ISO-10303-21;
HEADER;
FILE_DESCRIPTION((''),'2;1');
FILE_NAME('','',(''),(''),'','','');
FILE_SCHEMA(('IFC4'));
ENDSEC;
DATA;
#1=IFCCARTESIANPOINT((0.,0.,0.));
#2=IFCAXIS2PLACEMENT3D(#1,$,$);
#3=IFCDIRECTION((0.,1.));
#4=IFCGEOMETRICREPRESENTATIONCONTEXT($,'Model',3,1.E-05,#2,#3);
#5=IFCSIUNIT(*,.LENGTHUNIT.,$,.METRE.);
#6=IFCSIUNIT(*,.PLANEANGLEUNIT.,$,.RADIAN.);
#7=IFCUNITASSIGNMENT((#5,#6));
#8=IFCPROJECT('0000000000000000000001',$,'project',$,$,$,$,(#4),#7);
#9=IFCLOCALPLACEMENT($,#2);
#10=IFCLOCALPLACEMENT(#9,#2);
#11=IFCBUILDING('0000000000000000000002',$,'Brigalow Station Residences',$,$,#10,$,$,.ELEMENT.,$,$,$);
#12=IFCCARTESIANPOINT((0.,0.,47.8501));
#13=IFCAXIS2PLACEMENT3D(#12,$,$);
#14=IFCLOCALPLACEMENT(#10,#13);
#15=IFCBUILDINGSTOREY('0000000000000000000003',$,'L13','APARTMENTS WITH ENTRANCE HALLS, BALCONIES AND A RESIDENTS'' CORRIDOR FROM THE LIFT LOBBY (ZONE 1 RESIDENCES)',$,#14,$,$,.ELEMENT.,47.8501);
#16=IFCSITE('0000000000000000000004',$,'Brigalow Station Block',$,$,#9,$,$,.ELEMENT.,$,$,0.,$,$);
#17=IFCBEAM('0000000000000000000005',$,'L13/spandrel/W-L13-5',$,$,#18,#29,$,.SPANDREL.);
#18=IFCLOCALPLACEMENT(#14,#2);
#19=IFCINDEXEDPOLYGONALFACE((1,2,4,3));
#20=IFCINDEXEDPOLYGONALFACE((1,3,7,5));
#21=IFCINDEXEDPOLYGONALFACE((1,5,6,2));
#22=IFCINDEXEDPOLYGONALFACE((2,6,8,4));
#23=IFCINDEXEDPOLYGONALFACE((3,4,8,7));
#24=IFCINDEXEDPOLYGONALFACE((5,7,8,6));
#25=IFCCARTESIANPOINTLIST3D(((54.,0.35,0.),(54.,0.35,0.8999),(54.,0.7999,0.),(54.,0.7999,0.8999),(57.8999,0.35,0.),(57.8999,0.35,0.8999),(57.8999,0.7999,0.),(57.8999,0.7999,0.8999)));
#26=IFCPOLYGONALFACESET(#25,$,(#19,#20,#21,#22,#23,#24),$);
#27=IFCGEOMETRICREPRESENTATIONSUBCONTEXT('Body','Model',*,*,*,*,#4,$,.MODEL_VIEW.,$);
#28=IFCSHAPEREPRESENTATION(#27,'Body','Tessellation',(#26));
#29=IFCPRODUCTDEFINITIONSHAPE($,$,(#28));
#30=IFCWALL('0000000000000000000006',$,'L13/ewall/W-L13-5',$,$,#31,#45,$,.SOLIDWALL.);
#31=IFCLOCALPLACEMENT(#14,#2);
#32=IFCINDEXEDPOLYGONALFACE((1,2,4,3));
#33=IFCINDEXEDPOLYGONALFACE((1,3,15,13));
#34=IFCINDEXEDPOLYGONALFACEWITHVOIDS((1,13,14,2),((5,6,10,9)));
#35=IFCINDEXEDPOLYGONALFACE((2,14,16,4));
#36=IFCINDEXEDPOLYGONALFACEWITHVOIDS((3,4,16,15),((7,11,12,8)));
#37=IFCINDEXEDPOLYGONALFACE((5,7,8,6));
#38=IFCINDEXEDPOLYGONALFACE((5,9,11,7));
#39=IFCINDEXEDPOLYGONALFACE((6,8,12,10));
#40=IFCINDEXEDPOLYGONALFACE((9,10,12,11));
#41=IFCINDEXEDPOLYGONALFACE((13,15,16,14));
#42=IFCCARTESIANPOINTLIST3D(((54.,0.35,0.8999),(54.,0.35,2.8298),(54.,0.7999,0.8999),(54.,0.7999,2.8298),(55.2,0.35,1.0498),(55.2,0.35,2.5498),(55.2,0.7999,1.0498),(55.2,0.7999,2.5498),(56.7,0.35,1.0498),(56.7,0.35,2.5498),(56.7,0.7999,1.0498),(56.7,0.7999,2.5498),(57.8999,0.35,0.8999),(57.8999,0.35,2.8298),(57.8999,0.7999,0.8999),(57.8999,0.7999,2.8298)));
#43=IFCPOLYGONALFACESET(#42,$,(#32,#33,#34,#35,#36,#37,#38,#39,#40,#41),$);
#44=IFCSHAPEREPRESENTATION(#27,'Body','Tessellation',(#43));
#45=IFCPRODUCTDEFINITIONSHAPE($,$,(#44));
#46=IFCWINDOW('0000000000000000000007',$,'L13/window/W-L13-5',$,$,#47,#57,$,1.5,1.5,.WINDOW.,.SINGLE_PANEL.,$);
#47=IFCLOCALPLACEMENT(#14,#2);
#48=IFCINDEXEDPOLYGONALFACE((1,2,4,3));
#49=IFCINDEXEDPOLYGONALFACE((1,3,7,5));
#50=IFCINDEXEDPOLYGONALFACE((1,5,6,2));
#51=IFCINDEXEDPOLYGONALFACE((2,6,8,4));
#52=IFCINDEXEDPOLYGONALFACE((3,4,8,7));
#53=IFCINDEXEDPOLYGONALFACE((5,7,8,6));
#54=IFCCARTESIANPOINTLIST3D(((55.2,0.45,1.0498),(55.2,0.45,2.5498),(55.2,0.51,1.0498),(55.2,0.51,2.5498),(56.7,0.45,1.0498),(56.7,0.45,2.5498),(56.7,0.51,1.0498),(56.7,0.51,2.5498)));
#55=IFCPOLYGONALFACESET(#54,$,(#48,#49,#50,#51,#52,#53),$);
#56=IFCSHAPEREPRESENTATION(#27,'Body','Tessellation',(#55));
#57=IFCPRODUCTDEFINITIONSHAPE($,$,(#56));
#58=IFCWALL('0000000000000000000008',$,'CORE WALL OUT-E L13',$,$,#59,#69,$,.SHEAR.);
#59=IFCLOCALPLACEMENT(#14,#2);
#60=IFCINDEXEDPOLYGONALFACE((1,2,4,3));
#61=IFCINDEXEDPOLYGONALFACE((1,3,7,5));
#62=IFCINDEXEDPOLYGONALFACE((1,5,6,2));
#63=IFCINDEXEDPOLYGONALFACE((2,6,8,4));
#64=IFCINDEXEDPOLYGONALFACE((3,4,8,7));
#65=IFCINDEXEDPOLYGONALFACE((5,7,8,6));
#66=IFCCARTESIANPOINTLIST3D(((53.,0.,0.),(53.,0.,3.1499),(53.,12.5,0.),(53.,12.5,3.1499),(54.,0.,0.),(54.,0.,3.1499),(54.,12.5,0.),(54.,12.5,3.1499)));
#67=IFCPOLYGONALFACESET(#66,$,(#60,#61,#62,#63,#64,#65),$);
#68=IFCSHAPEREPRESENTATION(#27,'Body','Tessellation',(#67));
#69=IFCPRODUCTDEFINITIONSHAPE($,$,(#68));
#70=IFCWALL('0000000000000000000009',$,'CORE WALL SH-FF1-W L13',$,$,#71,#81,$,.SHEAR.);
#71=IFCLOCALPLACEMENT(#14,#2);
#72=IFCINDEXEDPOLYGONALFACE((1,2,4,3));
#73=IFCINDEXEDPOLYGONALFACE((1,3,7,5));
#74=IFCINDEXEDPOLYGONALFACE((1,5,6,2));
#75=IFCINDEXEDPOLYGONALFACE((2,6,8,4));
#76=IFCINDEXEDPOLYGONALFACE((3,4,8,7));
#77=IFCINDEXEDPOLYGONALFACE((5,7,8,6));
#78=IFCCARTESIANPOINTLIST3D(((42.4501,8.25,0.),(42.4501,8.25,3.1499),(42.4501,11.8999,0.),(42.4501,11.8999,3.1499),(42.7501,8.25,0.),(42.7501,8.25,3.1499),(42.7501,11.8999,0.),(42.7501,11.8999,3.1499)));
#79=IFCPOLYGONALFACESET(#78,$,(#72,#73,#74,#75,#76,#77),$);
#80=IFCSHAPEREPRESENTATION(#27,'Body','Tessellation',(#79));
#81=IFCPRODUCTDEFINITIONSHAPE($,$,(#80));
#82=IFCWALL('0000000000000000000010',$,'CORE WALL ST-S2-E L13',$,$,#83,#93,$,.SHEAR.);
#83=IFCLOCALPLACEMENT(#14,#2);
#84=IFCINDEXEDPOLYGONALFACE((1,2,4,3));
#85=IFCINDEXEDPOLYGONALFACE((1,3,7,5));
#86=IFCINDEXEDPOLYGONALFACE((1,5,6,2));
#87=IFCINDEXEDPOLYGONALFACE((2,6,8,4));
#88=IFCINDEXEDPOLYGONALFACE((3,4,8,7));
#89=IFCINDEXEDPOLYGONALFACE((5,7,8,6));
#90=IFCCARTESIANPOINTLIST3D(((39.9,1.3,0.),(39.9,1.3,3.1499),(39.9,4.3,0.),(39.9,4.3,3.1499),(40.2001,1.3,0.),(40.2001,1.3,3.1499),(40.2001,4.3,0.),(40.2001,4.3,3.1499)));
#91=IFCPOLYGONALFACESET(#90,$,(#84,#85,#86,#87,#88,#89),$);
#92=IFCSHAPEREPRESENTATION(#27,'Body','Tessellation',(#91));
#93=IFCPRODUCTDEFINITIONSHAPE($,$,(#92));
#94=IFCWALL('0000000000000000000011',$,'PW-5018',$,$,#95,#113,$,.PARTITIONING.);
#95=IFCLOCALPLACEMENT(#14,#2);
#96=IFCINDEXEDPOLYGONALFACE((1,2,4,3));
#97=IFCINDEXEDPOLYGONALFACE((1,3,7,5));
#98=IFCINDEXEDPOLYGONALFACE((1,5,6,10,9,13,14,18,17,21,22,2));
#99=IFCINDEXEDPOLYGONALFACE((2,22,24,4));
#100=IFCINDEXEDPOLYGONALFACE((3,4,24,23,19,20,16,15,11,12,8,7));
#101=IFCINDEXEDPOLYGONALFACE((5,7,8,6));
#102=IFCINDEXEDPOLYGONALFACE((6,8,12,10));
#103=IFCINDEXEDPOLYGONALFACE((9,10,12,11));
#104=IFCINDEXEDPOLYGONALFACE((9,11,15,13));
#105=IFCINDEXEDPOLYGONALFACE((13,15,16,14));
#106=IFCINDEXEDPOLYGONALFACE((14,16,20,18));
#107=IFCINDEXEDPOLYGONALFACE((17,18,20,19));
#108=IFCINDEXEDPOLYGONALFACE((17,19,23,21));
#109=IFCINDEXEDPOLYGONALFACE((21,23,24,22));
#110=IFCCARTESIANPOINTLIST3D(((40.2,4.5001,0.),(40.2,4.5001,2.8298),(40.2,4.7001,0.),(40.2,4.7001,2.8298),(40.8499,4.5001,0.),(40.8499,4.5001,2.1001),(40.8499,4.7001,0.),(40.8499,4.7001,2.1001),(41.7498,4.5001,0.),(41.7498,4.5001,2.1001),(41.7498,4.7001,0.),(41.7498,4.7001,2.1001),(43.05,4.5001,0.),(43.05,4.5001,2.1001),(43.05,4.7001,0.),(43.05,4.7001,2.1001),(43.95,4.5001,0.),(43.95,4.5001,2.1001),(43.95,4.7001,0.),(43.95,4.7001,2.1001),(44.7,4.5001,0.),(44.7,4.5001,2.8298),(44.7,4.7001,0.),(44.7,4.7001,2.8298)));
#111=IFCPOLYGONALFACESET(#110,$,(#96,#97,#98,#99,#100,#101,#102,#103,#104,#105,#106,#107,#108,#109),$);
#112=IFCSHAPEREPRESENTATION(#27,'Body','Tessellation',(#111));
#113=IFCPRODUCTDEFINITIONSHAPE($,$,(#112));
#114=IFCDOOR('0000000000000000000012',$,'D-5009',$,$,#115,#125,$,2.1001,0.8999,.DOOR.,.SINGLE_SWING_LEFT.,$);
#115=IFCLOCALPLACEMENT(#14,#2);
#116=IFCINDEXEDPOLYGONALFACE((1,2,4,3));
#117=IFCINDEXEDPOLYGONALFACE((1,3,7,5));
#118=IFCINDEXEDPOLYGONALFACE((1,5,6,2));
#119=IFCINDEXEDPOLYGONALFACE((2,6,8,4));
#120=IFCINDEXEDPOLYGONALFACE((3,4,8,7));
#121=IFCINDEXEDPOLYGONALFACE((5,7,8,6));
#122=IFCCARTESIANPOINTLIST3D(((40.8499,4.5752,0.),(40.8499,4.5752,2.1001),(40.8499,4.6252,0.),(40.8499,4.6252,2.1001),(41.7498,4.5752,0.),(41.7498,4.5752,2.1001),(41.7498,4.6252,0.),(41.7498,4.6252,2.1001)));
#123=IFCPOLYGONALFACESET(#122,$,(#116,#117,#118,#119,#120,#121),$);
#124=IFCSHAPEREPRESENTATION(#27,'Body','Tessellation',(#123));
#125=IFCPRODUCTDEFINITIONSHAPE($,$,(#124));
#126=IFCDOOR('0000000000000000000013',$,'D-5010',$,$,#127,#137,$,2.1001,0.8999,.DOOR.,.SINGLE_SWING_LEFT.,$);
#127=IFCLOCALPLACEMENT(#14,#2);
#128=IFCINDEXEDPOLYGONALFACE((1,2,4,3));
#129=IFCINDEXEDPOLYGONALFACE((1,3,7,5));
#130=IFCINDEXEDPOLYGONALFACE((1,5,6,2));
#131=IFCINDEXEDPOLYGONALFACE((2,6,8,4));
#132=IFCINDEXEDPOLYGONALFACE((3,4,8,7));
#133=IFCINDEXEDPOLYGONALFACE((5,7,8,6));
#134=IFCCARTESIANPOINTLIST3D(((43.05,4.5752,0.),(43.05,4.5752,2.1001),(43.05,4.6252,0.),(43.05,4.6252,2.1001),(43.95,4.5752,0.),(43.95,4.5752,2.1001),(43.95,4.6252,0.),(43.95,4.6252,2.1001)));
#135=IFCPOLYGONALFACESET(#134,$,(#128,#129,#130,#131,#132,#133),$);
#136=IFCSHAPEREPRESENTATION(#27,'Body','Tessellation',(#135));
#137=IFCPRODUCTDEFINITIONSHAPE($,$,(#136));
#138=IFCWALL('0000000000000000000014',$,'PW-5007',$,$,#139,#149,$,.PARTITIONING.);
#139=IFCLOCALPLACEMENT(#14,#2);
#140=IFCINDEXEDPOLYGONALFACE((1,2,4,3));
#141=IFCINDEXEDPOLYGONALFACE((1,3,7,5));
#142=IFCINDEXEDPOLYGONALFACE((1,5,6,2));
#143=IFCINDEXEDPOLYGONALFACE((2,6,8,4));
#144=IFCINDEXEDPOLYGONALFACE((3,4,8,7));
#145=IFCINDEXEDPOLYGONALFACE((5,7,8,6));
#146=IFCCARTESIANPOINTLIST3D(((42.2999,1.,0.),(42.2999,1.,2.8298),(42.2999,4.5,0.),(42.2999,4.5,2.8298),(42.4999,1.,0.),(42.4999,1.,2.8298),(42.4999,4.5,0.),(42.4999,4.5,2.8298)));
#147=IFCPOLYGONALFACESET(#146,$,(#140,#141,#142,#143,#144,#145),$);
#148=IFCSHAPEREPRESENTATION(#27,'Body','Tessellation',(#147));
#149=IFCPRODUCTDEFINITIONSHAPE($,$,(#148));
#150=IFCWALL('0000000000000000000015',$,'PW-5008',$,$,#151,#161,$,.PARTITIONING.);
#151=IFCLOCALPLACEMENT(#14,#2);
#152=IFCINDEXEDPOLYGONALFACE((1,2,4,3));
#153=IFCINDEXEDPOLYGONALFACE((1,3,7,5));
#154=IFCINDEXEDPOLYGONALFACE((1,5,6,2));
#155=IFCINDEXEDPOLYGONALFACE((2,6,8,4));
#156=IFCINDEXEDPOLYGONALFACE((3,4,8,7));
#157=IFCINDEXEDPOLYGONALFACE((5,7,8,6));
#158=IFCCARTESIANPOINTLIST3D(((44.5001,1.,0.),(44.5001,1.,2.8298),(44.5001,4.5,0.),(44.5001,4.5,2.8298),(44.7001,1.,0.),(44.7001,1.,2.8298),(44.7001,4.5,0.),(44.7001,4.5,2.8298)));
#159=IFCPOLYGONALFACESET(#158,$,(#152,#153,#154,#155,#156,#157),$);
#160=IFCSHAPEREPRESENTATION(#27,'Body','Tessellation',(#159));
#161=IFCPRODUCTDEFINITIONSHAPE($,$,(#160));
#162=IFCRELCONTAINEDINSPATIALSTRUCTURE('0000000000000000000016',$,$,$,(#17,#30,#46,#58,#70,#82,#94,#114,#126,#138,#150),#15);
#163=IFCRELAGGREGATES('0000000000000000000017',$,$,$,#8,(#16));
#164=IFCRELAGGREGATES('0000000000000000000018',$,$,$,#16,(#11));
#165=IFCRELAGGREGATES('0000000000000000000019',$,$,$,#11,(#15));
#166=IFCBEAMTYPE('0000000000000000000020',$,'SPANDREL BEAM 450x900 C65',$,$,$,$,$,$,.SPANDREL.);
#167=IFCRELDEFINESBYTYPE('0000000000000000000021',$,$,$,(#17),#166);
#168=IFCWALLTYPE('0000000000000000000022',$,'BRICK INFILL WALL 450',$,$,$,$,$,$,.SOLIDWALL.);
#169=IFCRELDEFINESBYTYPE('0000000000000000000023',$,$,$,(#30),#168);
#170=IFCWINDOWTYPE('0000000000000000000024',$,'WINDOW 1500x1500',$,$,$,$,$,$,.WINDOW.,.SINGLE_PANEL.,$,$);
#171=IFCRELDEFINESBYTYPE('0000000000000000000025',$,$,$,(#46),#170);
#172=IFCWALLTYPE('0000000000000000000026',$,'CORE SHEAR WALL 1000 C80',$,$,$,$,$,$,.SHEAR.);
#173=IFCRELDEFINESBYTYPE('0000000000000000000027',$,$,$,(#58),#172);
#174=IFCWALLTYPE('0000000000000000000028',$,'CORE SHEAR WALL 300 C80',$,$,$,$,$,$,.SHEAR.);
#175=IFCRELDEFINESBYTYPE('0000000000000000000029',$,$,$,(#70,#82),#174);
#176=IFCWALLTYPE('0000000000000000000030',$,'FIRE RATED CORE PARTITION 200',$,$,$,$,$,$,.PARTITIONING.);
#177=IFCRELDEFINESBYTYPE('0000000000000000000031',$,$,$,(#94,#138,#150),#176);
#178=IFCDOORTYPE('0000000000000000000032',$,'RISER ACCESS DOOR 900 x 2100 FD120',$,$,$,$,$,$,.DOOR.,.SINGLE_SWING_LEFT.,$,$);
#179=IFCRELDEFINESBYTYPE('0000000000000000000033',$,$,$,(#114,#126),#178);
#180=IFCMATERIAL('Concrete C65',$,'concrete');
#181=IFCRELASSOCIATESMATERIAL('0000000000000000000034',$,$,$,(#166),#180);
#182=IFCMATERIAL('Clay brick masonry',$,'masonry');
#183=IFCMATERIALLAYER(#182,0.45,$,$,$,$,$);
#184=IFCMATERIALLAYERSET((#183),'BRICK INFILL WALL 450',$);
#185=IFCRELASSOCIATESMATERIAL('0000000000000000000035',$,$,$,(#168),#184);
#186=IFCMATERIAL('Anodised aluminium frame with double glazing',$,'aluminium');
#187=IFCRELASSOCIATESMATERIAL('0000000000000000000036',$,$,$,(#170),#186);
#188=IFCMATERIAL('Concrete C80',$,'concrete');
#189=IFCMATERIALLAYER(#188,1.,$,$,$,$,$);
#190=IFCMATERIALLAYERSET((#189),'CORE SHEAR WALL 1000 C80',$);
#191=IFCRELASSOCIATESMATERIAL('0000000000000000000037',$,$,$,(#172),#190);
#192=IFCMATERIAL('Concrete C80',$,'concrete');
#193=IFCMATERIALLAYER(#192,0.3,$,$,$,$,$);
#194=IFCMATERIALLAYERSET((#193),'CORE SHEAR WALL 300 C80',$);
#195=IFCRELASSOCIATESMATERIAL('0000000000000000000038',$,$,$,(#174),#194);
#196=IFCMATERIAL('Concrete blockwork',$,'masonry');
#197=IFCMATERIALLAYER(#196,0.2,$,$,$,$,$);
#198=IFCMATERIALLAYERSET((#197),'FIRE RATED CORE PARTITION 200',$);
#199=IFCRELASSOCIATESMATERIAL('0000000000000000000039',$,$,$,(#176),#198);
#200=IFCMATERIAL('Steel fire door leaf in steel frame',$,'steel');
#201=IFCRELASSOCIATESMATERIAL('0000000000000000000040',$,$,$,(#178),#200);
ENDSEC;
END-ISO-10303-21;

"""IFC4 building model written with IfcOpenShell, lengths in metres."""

from ifc_helpers import new_model, si_unit, direction, frame, frame_2d, origin, origin_2d, place, context, subcontext, project, spatial, rectangle, extrude, material, layer, layer_set, material_profile, profile_set, type_object, element, fill, save


model = new_model("IFC4")

# Units and contexts
model_context = context("Model", 3, precision=1e-05, world=origin(), true_north=direction((0.0, 1.0)))
body_context = subcontext(model_context, "Body", "Model", "MODEL_VIEW")
ifc_project = project(units=[si_unit("LENGTHUNIT", "METRE"), si_unit("PLANEANGLEUNIT", "RADIAN")], contexts=[model_context])

# Site, building, storey
site_placement = place(None, origin())
site = spatial("IfcSite", under=ifc_project, at=site_placement, Name="Brigalow Station Block", CompositionType="ELEMENT", RefElevation=0.0)
building_placement = place(site_placement, origin())
building = spatial("IfcBuilding", under=site, at=building_placement, Name="Brigalow Station Residences", CompositionType="ELEMENT")
storey_placement = place(building_placement, frame((0.0, 0.0, 47.8501)))
storey = spatial("IfcBuildingStorey", under=building, at=storey_placement, Name="L13", Description="APARTMENTS WITH ENTRANCE HALLS, BALCONIES AND A RESIDENTS' CORRIDOR FROM THE LIFT LOBBY (ZONE 1 RESIDENCES)", CompositionType="ELEMENT", Elevation=47.8501)

# Beam
ifc_material_1 = material(Name="Concrete C65", Category="concrete")
ifc_material_profile = material_profile(ifc_material_1, rectangle(XDim=0.45, YDim=0.8999, at=origin_2d()), Name="RC450x900")
ifc_profile_set = profile_set([ifc_material_profile], Name="Concrete C65")
beam_type = type_object("IfcBeamType", Name="SPANDREL BEAM 450x900 C65", PredefinedType="SPANDREL", material=ifc_profile_set)
beam_placement = place(storey_placement, frame((54.0, 0.575, 0.45), z_axis=(1.0, 0.0, 0.0), x_axis=(0.0, 1.0, 0.0)))
element("IfcBeam", 1, at=beam_placement, inside=storey, type_object=beam_type, Name="L13/spandrel/W-L13-5", PredefinedType="SPANDREL", context=body_context, shape_type="SweptSolid", body=[
    extrude(rectangle(XDim=0.45, YDim=0.8999, at=origin_2d()), origin(), (0.0, 0.0, 1.0), 3.8999),
])

# Wall, opening, window
ifc_material_2 = material(Name="Clay brick masonry", Category="masonry")
ifc_layer_1 = layer(ifc_material_2, 0.45)
ifc_layer_set_1 = layer_set([ifc_layer_1], Name="BRICK INFILL WALL 450")
wall_type_1 = type_object("IfcWallType", Name="BRICK INFILL WALL 450", PredefinedType="SOLIDWALL", material=ifc_layer_set_1)
wall_1_placement = place(storey_placement, frame((54.0, 0.575, 0.8999), z_axis=(0.0, 0.0, 1.0), x_axis=(1.0, 0.0, 0.0)))
wall_1 = element("IfcWall", 2, at=wall_1_placement, inside=storey, type_object=wall_type_1, Name="L13/ewall/W-L13-5", PredefinedType="SOLIDWALL", context=body_context, shape_type="SweptSolid", body=[
    extrude(rectangle(XDim=3.8999, YDim=0.45, at=frame_2d((1.95, 0.0))), origin(), (0.0, 0.0, 1.0), 1.9299),
])
opening_1_placement = place(wall_1_placement, frame((1.2, 0.0, 0.1499)))
opening_1 = element("IfcOpeningElement", 3, at=opening_1_placement, cuts=wall_1, PredefinedType="OPENING", context=body_context, shape_type="SweptSolid", body=[
    extrude(rectangle(XDim=1.5, YDim=1.5, at=frame_2d((0.75, 0.75))), frame((0.0, 0.2349, 0.0), z_axis=(0.0, -1.0, 0.0), x_axis=(1.0, 0.0, 0.0)), (0.0, 0.0, 1.0), 0.47),
])
ifc_material_3 = material(Name="Anodised aluminium frame with double glazing", Category="aluminium")
window_type = type_object("IfcWindowType", Name="WINDOW 1500x1500", PartitioningType="SINGLE_PANEL", PredefinedType="WINDOW", material=ifc_material_3)
window_placement = place(opening_1_placement, origin())
window = element("IfcWindow", 4, at=window_placement, inside=storey, type_object=window_type, Name="L13/window/W-L13-5", OverallHeight=1.5, OverallWidth=1.5, PartitioningType="SINGLE_PANEL", PredefinedType="WINDOW", context=body_context, shape_type="SweptSolid", body=[
    extrude(rectangle(XDim=1.5, YDim=1.5, at=frame_2d((0.75, 0.75))), frame((0.0, -0.0649, 0.0), z_axis=(0.0, -1.0, 0.0), x_axis=(1.0, 0.0, 0.0)), (0.0, 0.0, 1.0), 0.0601),
])
fill(opening_1, window)

# Walls
ifc_material_4 = material(Name="Concrete C80", Category="concrete")
ifc_layer_2 = layer(ifc_material_4, 1.0)
ifc_layer_set_2 = layer_set([ifc_layer_2], Name="CORE SHEAR WALL 1000 C80")
wall_type_2 = type_object("IfcWallType", Name="CORE SHEAR WALL 1000 C80", PredefinedType="SHEAR", material=ifc_layer_set_2)
wall_2_placement = place(storey_placement, frame((53.5, 0.0, 0.0), z_axis=(0.0, 0.0, 1.0), x_axis=(0.0, 1.0, 0.0)))
element("IfcWall", 5, at=wall_2_placement, inside=storey, type_object=wall_type_2, Name="CORE WALL OUT-E L13", PredefinedType="SHEAR", context=body_context, shape_type="SweptSolid", body=[
    extrude(rectangle(XDim=12.5, YDim=1.0, at=frame_2d((6.25, 0.0))), origin(), (0.0, 0.0, 1.0), 3.1499),
])
ifc_material_5 = material(Name="Concrete C80", Category="concrete")
ifc_layer_3 = layer(ifc_material_5, 0.3)
ifc_layer_set_3 = layer_set([ifc_layer_3], Name="CORE SHEAR WALL 300 C80")
wall_type_3 = type_object("IfcWallType", Name="CORE SHEAR WALL 300 C80", PredefinedType="SHEAR", material=ifc_layer_set_3)
wall_3_placement = place(storey_placement, frame((42.6001, 8.25, 0.0), z_axis=(0.0, 0.0, 1.0), x_axis=(0.0, 1.0, 0.0)))
element("IfcWall", 6, at=wall_3_placement, inside=storey, type_object=wall_type_3, Name="CORE WALL SH-FF1-W L13", PredefinedType="SHEAR", context=body_context, shape_type="SweptSolid", body=[
    extrude(rectangle(XDim=3.6499, YDim=0.3, at=frame_2d((1.825, 0.0))), origin(), (0.0, 0.0, 1.0), 3.1499),
])
wall_4_placement = place(storey_placement, frame((40.05, 1.3, 0.0), z_axis=(0.0, 0.0, 1.0), x_axis=(0.0, 1.0, 0.0)))
element("IfcWall", 7, at=wall_4_placement, inside=storey, type_object=wall_type_3, Name="CORE WALL ST-S2-E L13", PredefinedType="SHEAR", context=body_context, shape_type="SweptSolid", body=[
    extrude(rectangle(XDim=3.0, YDim=0.3, at=frame_2d((1.5, 0.0))), origin(), (0.0, 0.0, 1.0), 3.1499),
])

# Wall, openings, doors
ifc_material_6 = material(Name="Concrete blockwork", Category="masonry")
ifc_layer_4 = layer(ifc_material_6, 0.2)
ifc_layer_set_4 = layer_set([ifc_layer_4], Name="FIRE RATED CORE PARTITION 200")
wall_type_4 = type_object("IfcWallType", Name="FIRE RATED CORE PARTITION 200", PredefinedType="PARTITIONING", material=ifc_layer_set_4)
wall_5_placement = place(storey_placement, frame((40.2, 4.6001, 0.0), z_axis=(0.0, 0.0, 1.0), x_axis=(1.0, 0.0, 0.0)))
wall_5 = element("IfcWall", 8, at=wall_5_placement, inside=storey, type_object=wall_type_4, Name="PW-5018", PredefinedType="PARTITIONING", context=body_context, shape_type="SweptSolid", body=[
    extrude(rectangle(XDim=4.5, YDim=0.2, at=frame_2d((2.25, 0.0))), origin(), (0.0, 0.0, 1.0), 2.8298),
])
opening_2_placement = place(wall_5_placement, frame((0.6499, 0.0, 0.0)))
opening_2 = element("IfcOpeningElement", 9, at=opening_2_placement, cuts=wall_5, PredefinedType="OPENING", context=body_context, shape_type="SweptSolid", body=[
    extrude(rectangle(XDim=0.8999, YDim=2.1001, at=frame_2d((0.45, 1.05))), frame((0.0, 0.1099, 0.0), z_axis=(0.0, -1.0, 0.0), x_axis=(1.0, 0.0, 0.0)), (0.0, 0.0, 1.0), 0.22),
])
opening_3_placement = place(wall_5_placement, frame((2.8501, 0.0, 0.0)))
opening_3 = element("IfcOpeningElement", 10, at=opening_3_placement, cuts=wall_5, PredefinedType="OPENING", context=body_context, shape_type="SweptSolid", body=[
    extrude(rectangle(XDim=0.8999, YDim=2.1001, at=frame_2d((0.45, 1.05))), frame((0.0, 0.1099, 0.0), z_axis=(0.0, -1.0, 0.0), x_axis=(1.0, 0.0, 0.0)), (0.0, 0.0, 1.0), 0.22),
])
ifc_material_7 = material(Name="Steel fire door leaf in steel frame", Category="steel")
door_type_1 = type_object("IfcDoorType", Name="RISER ACCESS DOOR 900 x 2100 FD120", OperationType="SINGLE_SWING_LEFT", PredefinedType="DOOR", material=ifc_material_7)
door_1_placement = place(opening_2_placement, frame((0.8999, 0.0, 0.0), z_axis=(0.0, 0.0, 1.0), x_axis=(-1.0, 0.0, 0.0)))
door_1 = element("IfcDoor", 11, at=door_1_placement, inside=storey, type_object=door_type_1, Name="D-5009", OperationType="SINGLE_SWING_LEFT", OverallHeight=2.1001, OverallWidth=0.8999, PredefinedType="DOOR", context=body_context, shape_type="SweptSolid", body=[
    extrude(rectangle(XDim=0.8999, YDim=2.1001, at=frame_2d((0.45, 1.05))), frame((0.0, 0.0249, 0.0), z_axis=(0.0, -1.0, 0.0), x_axis=(1.0, 0.0, 0.0)), (0.0, 0.0, 1.0), 0.05),
])
fill(opening_2, door_1)
door_2_placement = place(opening_3_placement, frame((0.8999, 0.0, 0.0), z_axis=(0.0, 0.0, 1.0), x_axis=(-1.0, 0.0, 0.0)))
door_2 = element("IfcDoor", 12, at=door_2_placement, inside=storey, type_object=door_type_1, Name="D-5010", OperationType="SINGLE_SWING_LEFT", OverallHeight=2.1001, OverallWidth=0.8999, PredefinedType="DOOR", context=body_context, shape_type="SweptSolid", body=[
    extrude(rectangle(XDim=0.8999, YDim=2.1001, at=frame_2d((0.45, 1.05))), frame((0.0, 0.0249, 0.0), z_axis=(0.0, -1.0, 0.0), x_axis=(1.0, 0.0, 0.0)), (0.0, 0.0, 1.0), 0.05),
])
fill(opening_3, door_2)

# Walls
for number, where, z_axis, x_axis, name in (
    (13, (42.3999, 1.0, 0.0), (0.0, 0.0, 1.0), (0.0, 1.0, 0.0), "PW-5007"),
    (14, (44.6001, 1.0, 0.0), (0.0, 0.0, 1.0), (0.0, 1.0, 0.0), "PW-5008"),
):
    element("IfcWall", number, at=place(storey_placement, frame(where, z_axis=z_axis, x_axis=x_axis)), inside=storey, type_object=wall_type_4, Name=name, PredefinedType="PARTITIONING", context=body_context, shape_type="SweptSolid", body=[
        extrude(rectangle(XDim=3.5, YDim=0.2, at=frame_2d((1.75, 0.0))), origin(), (0.0, 0.0, 1.0), 2.8298),
    ])

save(model, "model.ifc")
